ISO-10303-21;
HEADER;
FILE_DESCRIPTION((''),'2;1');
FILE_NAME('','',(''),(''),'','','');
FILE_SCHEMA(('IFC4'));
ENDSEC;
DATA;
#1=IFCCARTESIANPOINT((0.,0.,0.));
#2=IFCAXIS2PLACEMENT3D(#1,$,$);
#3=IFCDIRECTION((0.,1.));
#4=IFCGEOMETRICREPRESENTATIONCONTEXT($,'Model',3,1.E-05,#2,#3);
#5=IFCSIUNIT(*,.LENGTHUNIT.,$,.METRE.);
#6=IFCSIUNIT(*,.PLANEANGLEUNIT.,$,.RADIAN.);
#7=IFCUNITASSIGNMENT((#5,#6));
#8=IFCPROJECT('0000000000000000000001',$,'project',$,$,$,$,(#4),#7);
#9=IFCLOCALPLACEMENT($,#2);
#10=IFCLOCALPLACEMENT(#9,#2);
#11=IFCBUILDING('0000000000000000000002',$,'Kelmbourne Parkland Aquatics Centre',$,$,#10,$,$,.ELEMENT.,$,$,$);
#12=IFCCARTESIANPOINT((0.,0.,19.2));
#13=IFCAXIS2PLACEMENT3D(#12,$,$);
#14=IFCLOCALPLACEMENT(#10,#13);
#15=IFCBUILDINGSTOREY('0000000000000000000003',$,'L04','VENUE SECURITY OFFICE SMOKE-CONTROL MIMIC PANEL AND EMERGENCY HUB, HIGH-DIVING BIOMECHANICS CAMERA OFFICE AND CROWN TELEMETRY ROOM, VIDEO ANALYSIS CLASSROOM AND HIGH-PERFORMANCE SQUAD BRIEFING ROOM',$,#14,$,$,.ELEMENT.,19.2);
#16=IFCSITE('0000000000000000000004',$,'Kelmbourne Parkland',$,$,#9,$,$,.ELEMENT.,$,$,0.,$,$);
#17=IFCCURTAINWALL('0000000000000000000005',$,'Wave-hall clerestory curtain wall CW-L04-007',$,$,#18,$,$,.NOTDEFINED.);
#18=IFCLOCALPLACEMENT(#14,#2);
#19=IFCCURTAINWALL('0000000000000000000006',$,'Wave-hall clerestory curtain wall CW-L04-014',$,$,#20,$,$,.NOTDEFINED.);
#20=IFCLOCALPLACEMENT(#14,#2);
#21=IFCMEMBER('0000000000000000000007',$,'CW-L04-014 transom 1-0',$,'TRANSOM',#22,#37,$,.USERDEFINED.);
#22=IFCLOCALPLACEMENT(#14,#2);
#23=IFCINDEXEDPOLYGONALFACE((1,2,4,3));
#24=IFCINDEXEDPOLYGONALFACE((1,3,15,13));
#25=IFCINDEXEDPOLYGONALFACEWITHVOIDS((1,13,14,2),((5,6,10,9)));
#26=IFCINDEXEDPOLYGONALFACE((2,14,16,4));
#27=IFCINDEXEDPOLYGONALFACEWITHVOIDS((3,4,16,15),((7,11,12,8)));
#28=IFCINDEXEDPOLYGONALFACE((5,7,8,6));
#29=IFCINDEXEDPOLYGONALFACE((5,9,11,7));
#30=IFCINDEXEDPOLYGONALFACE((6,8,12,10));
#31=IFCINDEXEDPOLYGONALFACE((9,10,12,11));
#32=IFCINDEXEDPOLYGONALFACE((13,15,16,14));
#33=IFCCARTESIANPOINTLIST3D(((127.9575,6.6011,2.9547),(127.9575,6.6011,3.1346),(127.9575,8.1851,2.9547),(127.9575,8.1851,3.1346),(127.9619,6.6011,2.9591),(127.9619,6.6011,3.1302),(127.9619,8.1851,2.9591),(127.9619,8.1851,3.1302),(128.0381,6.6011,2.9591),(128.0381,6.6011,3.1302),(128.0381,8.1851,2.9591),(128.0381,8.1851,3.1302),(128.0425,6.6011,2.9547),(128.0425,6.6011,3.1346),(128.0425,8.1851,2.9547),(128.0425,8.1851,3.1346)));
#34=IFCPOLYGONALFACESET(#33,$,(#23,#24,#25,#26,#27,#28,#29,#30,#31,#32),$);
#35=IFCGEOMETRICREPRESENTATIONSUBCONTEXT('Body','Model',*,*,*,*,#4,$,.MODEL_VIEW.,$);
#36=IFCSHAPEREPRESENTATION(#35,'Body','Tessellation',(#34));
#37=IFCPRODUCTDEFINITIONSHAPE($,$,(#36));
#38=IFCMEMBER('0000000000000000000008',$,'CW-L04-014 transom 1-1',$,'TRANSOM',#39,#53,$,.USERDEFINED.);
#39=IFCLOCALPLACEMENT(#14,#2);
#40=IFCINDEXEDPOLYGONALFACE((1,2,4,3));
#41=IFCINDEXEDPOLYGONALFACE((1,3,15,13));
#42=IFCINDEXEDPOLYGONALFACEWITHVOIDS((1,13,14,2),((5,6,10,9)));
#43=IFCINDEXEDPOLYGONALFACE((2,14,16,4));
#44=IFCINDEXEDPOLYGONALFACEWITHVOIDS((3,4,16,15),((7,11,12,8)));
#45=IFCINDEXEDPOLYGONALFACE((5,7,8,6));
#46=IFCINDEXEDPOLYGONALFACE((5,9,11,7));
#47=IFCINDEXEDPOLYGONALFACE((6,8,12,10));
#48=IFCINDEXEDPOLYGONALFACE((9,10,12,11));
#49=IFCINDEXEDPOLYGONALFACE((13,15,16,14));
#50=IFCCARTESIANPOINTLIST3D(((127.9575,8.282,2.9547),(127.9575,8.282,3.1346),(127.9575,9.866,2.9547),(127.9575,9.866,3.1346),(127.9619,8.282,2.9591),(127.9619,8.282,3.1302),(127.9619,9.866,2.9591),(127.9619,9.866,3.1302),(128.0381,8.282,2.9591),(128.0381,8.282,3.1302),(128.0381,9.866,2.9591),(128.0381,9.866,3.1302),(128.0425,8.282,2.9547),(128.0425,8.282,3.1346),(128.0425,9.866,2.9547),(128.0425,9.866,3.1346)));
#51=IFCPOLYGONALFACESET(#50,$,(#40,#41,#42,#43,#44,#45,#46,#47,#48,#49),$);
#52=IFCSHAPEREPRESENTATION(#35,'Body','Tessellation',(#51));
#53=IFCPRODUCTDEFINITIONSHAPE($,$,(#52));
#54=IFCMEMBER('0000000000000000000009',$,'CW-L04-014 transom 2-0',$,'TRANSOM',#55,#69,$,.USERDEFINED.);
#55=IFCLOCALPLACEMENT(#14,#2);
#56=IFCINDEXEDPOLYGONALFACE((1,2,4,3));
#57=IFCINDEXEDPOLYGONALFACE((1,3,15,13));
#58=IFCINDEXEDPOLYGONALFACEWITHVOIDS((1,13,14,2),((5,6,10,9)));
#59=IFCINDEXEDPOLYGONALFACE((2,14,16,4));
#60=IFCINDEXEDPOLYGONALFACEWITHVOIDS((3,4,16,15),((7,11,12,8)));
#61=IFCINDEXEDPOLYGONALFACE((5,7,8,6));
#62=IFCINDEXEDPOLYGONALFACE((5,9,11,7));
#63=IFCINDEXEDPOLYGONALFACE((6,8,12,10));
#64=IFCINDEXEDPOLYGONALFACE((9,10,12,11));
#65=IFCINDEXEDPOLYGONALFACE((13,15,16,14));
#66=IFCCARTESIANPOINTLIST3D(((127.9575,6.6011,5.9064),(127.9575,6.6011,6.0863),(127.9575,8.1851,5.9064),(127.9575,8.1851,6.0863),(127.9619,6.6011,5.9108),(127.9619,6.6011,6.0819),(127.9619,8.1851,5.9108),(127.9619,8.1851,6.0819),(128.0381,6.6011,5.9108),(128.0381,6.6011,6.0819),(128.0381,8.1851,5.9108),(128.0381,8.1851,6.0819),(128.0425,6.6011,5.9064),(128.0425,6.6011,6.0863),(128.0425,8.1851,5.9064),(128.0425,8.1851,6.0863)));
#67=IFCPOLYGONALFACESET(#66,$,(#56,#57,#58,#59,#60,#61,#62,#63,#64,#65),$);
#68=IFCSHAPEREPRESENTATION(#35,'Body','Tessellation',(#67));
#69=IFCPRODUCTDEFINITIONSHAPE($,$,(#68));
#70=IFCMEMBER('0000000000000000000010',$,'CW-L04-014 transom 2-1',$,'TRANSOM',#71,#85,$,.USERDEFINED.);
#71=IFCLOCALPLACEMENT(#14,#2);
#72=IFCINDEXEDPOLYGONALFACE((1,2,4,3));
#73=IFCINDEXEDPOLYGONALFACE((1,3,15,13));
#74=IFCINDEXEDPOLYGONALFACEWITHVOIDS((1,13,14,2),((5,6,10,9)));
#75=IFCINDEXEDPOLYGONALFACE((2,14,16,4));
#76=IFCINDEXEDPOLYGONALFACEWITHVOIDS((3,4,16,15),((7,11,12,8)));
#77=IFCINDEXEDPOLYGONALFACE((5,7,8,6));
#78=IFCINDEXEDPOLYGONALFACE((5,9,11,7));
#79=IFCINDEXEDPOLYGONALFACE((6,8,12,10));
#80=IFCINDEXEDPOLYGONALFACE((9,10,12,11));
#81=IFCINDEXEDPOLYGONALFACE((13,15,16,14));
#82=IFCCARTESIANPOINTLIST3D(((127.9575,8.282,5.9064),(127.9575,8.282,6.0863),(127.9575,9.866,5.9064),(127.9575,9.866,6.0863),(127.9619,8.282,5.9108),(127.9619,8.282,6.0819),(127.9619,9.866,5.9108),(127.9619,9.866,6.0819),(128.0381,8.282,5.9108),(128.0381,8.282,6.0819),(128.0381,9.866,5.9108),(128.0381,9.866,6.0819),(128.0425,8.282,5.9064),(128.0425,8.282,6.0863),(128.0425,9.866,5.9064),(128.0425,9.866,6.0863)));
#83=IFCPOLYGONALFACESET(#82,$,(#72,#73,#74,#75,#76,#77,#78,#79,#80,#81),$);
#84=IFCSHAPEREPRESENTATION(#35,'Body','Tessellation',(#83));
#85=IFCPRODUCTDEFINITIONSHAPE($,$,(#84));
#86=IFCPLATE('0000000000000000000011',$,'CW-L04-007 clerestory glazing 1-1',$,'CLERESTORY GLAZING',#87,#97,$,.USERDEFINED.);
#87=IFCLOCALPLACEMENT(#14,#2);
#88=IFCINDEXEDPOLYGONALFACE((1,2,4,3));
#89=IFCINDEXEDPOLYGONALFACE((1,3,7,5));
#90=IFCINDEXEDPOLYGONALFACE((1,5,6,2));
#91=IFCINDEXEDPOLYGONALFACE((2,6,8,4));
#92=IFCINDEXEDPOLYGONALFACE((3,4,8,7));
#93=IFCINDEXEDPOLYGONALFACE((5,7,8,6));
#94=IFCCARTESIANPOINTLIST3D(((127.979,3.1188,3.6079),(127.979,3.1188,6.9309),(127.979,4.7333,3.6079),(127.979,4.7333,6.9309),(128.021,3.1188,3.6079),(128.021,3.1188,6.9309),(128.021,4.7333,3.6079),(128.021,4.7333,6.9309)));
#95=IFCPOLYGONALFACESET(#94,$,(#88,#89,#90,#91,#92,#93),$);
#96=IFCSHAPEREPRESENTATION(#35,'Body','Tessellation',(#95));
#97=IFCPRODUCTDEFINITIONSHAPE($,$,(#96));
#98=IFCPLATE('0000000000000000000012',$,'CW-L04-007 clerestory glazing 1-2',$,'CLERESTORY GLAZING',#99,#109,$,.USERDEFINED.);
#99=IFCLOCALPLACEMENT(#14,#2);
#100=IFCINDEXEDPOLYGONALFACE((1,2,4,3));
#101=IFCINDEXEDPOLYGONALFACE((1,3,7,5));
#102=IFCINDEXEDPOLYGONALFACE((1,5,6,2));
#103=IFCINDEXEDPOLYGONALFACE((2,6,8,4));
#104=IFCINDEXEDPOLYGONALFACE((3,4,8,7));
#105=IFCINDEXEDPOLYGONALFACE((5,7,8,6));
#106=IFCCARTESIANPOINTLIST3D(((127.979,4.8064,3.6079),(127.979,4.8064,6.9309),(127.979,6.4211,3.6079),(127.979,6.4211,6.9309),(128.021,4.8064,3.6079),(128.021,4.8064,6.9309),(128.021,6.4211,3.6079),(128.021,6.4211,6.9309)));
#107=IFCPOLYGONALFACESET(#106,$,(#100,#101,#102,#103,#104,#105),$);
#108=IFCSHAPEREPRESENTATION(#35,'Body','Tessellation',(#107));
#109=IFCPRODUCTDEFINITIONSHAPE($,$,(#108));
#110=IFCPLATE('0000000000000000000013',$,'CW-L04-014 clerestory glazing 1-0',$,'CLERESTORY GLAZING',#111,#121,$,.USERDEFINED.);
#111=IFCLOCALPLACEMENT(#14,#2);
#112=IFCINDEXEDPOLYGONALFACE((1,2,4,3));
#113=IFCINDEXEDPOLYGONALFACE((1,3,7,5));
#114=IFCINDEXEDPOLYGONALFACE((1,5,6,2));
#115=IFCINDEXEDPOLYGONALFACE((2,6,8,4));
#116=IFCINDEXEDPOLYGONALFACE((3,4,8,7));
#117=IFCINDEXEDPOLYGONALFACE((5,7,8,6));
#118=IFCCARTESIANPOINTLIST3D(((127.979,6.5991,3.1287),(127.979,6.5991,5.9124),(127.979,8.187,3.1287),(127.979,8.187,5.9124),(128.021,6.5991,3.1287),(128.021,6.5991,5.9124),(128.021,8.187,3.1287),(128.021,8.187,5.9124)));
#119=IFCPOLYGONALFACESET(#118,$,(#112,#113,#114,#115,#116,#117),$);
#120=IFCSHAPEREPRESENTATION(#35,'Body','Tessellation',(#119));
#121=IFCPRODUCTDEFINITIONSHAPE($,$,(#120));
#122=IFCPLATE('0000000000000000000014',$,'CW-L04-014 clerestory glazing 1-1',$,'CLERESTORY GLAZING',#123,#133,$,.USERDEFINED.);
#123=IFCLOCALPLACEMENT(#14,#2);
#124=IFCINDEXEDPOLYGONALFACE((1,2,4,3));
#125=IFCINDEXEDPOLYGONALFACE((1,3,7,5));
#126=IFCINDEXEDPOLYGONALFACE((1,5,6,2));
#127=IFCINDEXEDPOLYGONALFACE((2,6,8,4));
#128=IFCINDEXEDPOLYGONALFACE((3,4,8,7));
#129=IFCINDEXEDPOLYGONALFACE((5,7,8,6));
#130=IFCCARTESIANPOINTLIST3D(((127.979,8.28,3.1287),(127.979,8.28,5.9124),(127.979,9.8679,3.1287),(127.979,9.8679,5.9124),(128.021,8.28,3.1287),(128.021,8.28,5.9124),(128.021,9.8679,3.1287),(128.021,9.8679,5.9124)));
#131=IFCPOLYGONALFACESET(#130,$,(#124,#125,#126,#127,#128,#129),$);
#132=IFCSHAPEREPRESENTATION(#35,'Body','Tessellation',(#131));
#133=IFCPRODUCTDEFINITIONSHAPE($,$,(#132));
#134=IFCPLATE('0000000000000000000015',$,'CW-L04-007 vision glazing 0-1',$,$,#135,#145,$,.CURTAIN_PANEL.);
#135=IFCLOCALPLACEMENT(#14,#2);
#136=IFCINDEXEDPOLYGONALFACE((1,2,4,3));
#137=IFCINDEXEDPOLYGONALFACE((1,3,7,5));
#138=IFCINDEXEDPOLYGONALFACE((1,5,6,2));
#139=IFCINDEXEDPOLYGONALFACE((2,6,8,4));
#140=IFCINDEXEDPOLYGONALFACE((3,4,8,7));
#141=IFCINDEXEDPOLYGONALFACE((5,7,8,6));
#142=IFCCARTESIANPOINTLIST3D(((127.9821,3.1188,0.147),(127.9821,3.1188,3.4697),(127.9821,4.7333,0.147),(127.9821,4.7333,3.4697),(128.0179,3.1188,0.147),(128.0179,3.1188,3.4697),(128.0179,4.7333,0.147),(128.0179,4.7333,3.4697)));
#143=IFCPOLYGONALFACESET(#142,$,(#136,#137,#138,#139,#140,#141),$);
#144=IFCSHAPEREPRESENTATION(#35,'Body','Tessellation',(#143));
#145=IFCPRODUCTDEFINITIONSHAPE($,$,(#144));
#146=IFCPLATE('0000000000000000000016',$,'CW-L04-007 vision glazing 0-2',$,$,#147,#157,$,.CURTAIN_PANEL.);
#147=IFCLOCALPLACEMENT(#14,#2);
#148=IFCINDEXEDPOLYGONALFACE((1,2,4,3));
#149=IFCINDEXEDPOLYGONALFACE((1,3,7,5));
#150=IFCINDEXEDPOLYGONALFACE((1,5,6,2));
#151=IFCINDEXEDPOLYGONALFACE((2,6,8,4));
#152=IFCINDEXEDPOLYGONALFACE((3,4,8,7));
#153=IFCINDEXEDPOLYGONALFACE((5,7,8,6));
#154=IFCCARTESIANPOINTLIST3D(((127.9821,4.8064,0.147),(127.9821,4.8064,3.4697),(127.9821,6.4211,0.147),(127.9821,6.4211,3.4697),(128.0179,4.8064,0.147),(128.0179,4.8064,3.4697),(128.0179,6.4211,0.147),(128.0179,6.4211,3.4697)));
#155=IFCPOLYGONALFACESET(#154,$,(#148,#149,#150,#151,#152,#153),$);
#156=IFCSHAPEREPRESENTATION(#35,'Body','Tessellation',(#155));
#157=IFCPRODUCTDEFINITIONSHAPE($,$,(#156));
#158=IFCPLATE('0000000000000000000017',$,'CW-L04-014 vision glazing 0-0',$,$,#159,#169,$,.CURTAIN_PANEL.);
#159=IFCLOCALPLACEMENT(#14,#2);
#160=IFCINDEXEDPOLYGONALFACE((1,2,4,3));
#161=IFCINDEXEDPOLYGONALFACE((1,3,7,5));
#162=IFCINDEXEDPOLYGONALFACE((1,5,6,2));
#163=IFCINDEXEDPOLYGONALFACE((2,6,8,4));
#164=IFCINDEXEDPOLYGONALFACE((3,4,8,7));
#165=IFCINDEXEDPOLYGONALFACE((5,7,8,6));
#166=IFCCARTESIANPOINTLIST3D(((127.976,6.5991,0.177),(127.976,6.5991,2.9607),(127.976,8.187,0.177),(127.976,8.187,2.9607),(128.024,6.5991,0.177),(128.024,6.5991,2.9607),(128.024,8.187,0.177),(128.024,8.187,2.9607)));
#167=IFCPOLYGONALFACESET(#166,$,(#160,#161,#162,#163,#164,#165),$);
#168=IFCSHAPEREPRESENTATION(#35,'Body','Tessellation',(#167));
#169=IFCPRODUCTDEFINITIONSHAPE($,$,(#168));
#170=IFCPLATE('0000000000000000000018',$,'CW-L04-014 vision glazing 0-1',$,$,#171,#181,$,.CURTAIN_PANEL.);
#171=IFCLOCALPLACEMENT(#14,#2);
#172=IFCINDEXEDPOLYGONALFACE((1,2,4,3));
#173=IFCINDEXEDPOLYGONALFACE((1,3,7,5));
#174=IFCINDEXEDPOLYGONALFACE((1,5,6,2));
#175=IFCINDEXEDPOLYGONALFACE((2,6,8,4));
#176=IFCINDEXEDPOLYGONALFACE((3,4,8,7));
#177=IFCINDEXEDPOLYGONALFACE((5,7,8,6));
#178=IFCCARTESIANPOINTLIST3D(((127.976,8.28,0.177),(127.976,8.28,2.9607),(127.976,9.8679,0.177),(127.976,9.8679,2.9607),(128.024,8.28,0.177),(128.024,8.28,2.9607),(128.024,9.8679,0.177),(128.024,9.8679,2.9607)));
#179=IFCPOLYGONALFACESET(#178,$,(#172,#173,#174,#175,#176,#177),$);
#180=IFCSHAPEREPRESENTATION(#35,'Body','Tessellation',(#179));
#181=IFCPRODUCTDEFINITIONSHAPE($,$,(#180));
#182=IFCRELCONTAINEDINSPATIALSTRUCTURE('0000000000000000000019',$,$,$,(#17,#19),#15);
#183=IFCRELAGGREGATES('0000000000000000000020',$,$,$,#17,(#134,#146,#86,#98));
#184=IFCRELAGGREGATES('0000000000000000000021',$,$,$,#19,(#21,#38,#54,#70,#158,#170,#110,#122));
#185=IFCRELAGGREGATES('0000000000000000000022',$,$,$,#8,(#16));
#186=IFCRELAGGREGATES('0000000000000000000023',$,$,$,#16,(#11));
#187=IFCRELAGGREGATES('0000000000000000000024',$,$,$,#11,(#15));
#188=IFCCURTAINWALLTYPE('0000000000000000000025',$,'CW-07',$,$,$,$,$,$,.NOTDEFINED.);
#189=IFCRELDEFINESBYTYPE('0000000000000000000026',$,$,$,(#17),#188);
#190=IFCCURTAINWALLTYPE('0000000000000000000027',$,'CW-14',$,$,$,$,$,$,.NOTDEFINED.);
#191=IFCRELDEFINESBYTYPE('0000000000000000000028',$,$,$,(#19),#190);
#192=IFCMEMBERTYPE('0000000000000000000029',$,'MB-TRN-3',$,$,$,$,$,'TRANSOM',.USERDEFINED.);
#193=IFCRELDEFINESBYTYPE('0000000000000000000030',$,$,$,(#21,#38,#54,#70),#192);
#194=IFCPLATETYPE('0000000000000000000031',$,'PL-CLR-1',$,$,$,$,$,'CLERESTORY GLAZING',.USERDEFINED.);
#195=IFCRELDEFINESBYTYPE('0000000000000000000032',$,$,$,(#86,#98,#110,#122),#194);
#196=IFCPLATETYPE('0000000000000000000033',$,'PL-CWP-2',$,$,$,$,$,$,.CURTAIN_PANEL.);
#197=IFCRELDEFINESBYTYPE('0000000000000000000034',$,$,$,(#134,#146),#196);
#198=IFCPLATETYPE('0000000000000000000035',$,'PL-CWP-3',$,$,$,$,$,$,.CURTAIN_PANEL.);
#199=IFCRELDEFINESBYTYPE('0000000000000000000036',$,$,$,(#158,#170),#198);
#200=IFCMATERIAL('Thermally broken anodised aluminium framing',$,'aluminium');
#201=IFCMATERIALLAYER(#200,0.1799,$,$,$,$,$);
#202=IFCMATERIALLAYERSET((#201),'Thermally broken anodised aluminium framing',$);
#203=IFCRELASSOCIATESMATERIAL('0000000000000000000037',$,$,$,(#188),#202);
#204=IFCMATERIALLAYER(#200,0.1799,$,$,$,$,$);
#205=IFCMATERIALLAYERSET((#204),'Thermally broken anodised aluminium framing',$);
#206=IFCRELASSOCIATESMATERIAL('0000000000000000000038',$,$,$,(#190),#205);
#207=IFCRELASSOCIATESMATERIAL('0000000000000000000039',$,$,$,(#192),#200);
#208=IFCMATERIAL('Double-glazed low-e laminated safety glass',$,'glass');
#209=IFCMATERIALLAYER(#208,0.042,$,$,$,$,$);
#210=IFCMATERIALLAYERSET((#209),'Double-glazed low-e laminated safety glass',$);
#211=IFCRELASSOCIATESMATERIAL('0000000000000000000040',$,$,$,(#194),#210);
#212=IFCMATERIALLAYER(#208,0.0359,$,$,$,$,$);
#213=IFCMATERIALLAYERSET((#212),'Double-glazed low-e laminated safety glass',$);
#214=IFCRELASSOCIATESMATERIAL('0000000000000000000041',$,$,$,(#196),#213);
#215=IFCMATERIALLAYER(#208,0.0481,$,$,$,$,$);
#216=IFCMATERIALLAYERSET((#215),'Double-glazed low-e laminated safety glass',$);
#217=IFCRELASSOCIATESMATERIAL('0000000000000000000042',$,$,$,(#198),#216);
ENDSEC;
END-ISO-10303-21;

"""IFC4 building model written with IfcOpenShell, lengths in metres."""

from ifc_helpers import new_model, si_unit, direction, frame, origin, origin_2d, place, context, subcontext, project, spatial, rectangle, hollow_rectangle, extrude, material, layer, layer_set, material_profile, profile_set, type_object, element, aggregate, save


model = new_model("IFC4")

# Units and contexts
model_context = context("Model", 3, precision=1e-05, world=origin(), true_north=direction((0.0, 1.0)))
body_context = subcontext(model_context, "Body", "Model", "MODEL_VIEW")
ifc_project = project(units=[si_unit("LENGTHUNIT", "METRE"), si_unit("PLANEANGLEUNIT", "RADIAN")], contexts=[model_context])

# Site, building, storey
site_placement = place(None, origin())
site = spatial("IfcSite", under=ifc_project, at=site_placement, Name="Kelmbourne Parkland", CompositionType="ELEMENT", RefElevation=0.0)
building_placement = place(site_placement, origin())
building = spatial("IfcBuilding", under=site, at=building_placement, Name="Kelmbourne Parkland Aquatics Centre", CompositionType="ELEMENT")
storey_placement = place(building_placement, frame((0.0, 0.0, 19.2)))
storey = spatial("IfcBuildingStorey", under=building, at=storey_placement, Name="L04", Description="VENUE SECURITY OFFICE SMOKE-CONTROL MIMIC PANEL AND EMERGENCY HUB, HIGH-DIVING BIOMECHANICS CAMERA OFFICE AND CROWN TELEMETRY ROOM, VIDEO ANALYSIS CLASSROOM AND HIGH-PERFORMANCE SQUAD BRIEFING ROOM", CompositionType="ELEMENT", Elevation=19.2)

# Curtain walls
ifc_material_1 = material(Name="Thermally broken anodised aluminium framing", Category="aluminium")
ifc_layer_1 = layer(ifc_material_1, 0.1799)
ifc_layer_set_1 = layer_set([ifc_layer_1], Name="Thermally broken anodised aluminium framing")
curtain_wall_type_1 = type_object("IfcCurtainWallType", Name="CW-07", PredefinedType="NOTDEFINED", material=ifc_layer_set_1)
curtain_wall_1_placement = place(storey_placement, origin())
curtain_wall_1 = element("IfcCurtainWall", 1, at=curtain_wall_1_placement, inside=storey, type_object=curtain_wall_type_1, Name="Wave-hall clerestory curtain wall CW-L04-007", PredefinedType="NOTDEFINED")
ifc_layer_2 = layer(ifc_material_1, 0.1799)
ifc_layer_set_2 = layer_set([ifc_layer_2], Name="Thermally broken anodised aluminium framing")
curtain_wall_type_2 = type_object("IfcCurtainWallType", Name="CW-14", PredefinedType="NOTDEFINED", material=ifc_layer_set_2)
curtain_wall_2_placement = place(storey_placement, origin())
curtain_wall_2 = element("IfcCurtainWall", 2, at=curtain_wall_2_placement, inside=storey, type_object=curtain_wall_type_2, Name="Wave-hall clerestory curtain wall CW-L04-014", PredefinedType="NOTDEFINED")

# Members
ifc_material_profile_1 = material_profile(ifc_material_1, hollow_rectangle(XDim=0.085, YDim=0.1799, WallThickness=0.0044, at=origin_2d()), Name="CW-T 85x180")
ifc_profile_set_1 = profile_set([ifc_material_profile_1], Name="Thermally broken anodised aluminium framing")
member_type_1 = type_object("IfcMemberType", Name="MB-TRN-3", ElementType="TRANSOM", PredefinedType="USERDEFINED", material=ifc_profile_set_1)
member_1_placement = place(storey_placement, frame((128.0, 6.6011, 3.0447), z_axis=(0.0, 1.0, 0.0), x_axis=(-1.0, 0.0, 0.0)))
member_1 = element("IfcMember", 3, at=member_1_placement, type_object=member_type_1, Name="CW-L04-014 transom 1-0", ObjectType="TRANSOM", PredefinedType="USERDEFINED", context=body_context, shape_type="SweptSolid", body=[
    extrude(hollow_rectangle(XDim=0.085, YDim=0.1799, WallThickness=0.0044, at=origin_2d()), origin(), (0.0, 0.0, 1.0), 1.584),
])
member_2_placement = place(storey_placement, frame((128.0, 8.282, 3.0447), z_axis=(0.0, 1.0, 0.0), x_axis=(-1.0, 0.0, 0.0)))
member_2 = element("IfcMember", 4, at=member_2_placement, type_object=member_type_1, Name="CW-L04-014 transom 1-1", ObjectType="TRANSOM", PredefinedType="USERDEFINED", context=body_context, shape_type="SweptSolid", body=[
    extrude(hollow_rectangle(XDim=0.085, YDim=0.1799, WallThickness=0.0044, at=origin_2d()), origin(), (0.0, 0.0, 1.0), 1.584),
])
member_3_placement = place(storey_placement, frame((128.0, 6.6011, 5.9963), z_axis=(0.0, 1.0, 0.0), x_axis=(-1.0, 0.0, 0.0)))
member_3 = element("IfcMember", 5, at=member_3_placement, type_object=member_type_1, Name="CW-L04-014 transom 2-0", ObjectType="TRANSOM", PredefinedType="USERDEFINED", context=body_context, shape_type="SweptSolid", body=[
    extrude(hollow_rectangle(XDim=0.085, YDim=0.1799, WallThickness=0.0044, at=origin_2d()), origin(), (0.0, 0.0, 1.0), 1.584),
])
member_4_placement = place(storey_placement, frame((128.0, 8.282, 5.9963), z_axis=(0.0, 1.0, 0.0), x_axis=(-1.0, 0.0, 0.0)))
member_4 = element("IfcMember", 6, at=member_4_placement, type_object=member_type_1, Name="CW-L04-014 transom 2-1", ObjectType="TRANSOM", PredefinedType="USERDEFINED", context=body_context, shape_type="SweptSolid", body=[
    extrude(hollow_rectangle(XDim=0.085, YDim=0.1799, WallThickness=0.0044, at=origin_2d()), origin(), (0.0, 0.0, 1.0), 1.584),
])

# Plates
ifc_material_2 = material(Name="Double-glazed low-e laminated safety glass", Category="glass")
ifc_layer_3 = layer(ifc_material_2, 0.042)
ifc_layer_set_3 = layer_set([ifc_layer_3], Name="Double-glazed low-e laminated safety glass")
plate_type_1 = type_object("IfcPlateType", Name="PL-CLR-1", ElementType="CLERESTORY GLAZING", PredefinedType="USERDEFINED", material=ifc_layer_set_3)
plate_1_placement = place(storey_placement, frame((128.0, 3.926, 3.6079), z_axis=(0.0, 0.0, 1.0), x_axis=(0.0, 1.0, 0.0)))
plate_1 = element("IfcPlate", 7, at=plate_1_placement, type_object=plate_type_1, Name="CW-L04-007 clerestory glazing 1-1", ObjectType="CLERESTORY GLAZING", PredefinedType="USERDEFINED", context=body_context, shape_type="SweptSolid", body=[
    extrude(rectangle(XDim=1.6145, YDim=0.042, at=origin_2d()), origin(), (0.0, 0.0, 1.0), 3.323),
])
plate_2_placement = place(storey_placement, frame((128.0, 5.6138, 3.6079), z_axis=(0.0, 0.0, 1.0), x_axis=(0.0, 1.0, 0.0)))
plate_2 = element("IfcPlate", 8, at=plate_2_placement, type_object=plate_type_1, Name="CW-L04-007 clerestory glazing 1-2", ObjectType="CLERESTORY GLAZING", PredefinedType="USERDEFINED", context=body_context, shape_type="SweptSolid", body=[
    extrude(rectangle(XDim=1.6147, YDim=0.042, at=origin_2d()), origin(), (0.0, 0.0, 1.0), 3.323),
])
plate_3_placement = place(storey_placement, frame((128.0, 7.3931, 3.1287), z_axis=(0.0, 0.0, 1.0), x_axis=(0.0, 1.0, 0.0)))
plate_3 = element("IfcPlate", 9, at=plate_3_placement, type_object=plate_type_1, Name="CW-L04-014 clerestory glazing 1-0", ObjectType="CLERESTORY GLAZING", PredefinedType="USERDEFINED", context=body_context, shape_type="SweptSolid", body=[
    extrude(rectangle(XDim=1.5879, YDim=0.042, at=origin_2d()), origin(), (0.0, 0.0, 1.0), 2.7837),
])
plate_4_placement = place(storey_placement, frame((128.0, 9.074, 3.1287), z_axis=(0.0, 0.0, 1.0), x_axis=(0.0, 1.0, 0.0)))
plate_4 = element("IfcPlate", 10, at=plate_4_placement, type_object=plate_type_1, Name="CW-L04-014 clerestory glazing 1-1", ObjectType="CLERESTORY GLAZING", PredefinedType="USERDEFINED", context=body_context, shape_type="SweptSolid", body=[
    extrude(rectangle(XDim=1.5879, YDim=0.042, at=origin_2d()), origin(), (0.0, 0.0, 1.0), 2.7837),
])
ifc_layer_4 = layer(ifc_material_2, 0.0359)
ifc_layer_set_4 = layer_set([ifc_layer_4], Name="Double-glazed low-e laminated safety glass")
plate_type_2 = type_object("IfcPlateType", Name="PL-CWP-2", PredefinedType="CURTAIN_PANEL", material=ifc_layer_set_4)
plate_5_placement = place(storey_placement, frame((128.0, 3.926, 0.147), z_axis=(0.0, 0.0, 1.0), x_axis=(0.0, 1.0, 0.0)))
plate_5 = element("IfcPlate", 11, at=plate_5_placement, type_object=plate_type_2, Name="CW-L04-007 vision glazing 0-1", PredefinedType="CURTAIN_PANEL", context=body_context, shape_type="SweptSolid", body=[
    extrude(rectangle(XDim=1.6145, YDim=0.0359, at=origin_2d()), origin(), (0.0, 0.0, 1.0), 3.3228),
])
plate_6_placement = place(storey_placement, frame((128.0, 5.6138, 0.147), z_axis=(0.0, 0.0, 1.0), x_axis=(0.0, 1.0, 0.0)))
plate_6 = element("IfcPlate", 12, at=plate_6_placement, type_object=plate_type_2, Name="CW-L04-007 vision glazing 0-2", PredefinedType="CURTAIN_PANEL", context=body_context, shape_type="SweptSolid", body=[
    extrude(rectangle(XDim=1.6147, YDim=0.0359, at=origin_2d()), origin(), (0.0, 0.0, 1.0), 3.3228),
])
aggregate(curtain_wall_1, [plate_5, plate_6, plate_1, plate_2])
ifc_layer_5 = layer(ifc_material_2, 0.0481)
ifc_layer_set_5 = layer_set([ifc_layer_5], Name="Double-glazed low-e laminated safety glass")
plate_type_3 = type_object("IfcPlateType", Name="PL-CWP-3", PredefinedType="CURTAIN_PANEL", material=ifc_layer_set_5)
plate_7_placement = place(storey_placement, frame((128.0, 7.3931, 0.177), z_axis=(0.0, 0.0, 1.0), x_axis=(0.0, 1.0, 0.0)))
plate_7 = element("IfcPlate", 13, at=plate_7_placement, type_object=plate_type_3, Name="CW-L04-014 vision glazing 0-0", PredefinedType="CURTAIN_PANEL", context=body_context, shape_type="SweptSolid", body=[
    extrude(rectangle(XDim=1.5879, YDim=0.0481, at=origin_2d()), origin(), (0.0, 0.0, 1.0), 2.7837),
])
plate_8_placement = place(storey_placement, frame((128.0, 9.074, 0.177), z_axis=(0.0, 0.0, 1.0), x_axis=(0.0, 1.0, 0.0)))
plate_8 = element("IfcPlate", 14, at=plate_8_placement, type_object=plate_type_3, Name="CW-L04-014 vision glazing 0-1", PredefinedType="CURTAIN_PANEL", context=body_context, shape_type="SweptSolid", body=[
    extrude(rectangle(XDim=1.5879, YDim=0.0481, at=origin_2d()), origin(), (0.0, 0.0, 1.0), 2.7837),
])
aggregate(curtain_wall_2, [member_1, member_2, member_3, member_4, plate_7, plate_8, plate_3, plate_4])

save(model, "model.ifc")
